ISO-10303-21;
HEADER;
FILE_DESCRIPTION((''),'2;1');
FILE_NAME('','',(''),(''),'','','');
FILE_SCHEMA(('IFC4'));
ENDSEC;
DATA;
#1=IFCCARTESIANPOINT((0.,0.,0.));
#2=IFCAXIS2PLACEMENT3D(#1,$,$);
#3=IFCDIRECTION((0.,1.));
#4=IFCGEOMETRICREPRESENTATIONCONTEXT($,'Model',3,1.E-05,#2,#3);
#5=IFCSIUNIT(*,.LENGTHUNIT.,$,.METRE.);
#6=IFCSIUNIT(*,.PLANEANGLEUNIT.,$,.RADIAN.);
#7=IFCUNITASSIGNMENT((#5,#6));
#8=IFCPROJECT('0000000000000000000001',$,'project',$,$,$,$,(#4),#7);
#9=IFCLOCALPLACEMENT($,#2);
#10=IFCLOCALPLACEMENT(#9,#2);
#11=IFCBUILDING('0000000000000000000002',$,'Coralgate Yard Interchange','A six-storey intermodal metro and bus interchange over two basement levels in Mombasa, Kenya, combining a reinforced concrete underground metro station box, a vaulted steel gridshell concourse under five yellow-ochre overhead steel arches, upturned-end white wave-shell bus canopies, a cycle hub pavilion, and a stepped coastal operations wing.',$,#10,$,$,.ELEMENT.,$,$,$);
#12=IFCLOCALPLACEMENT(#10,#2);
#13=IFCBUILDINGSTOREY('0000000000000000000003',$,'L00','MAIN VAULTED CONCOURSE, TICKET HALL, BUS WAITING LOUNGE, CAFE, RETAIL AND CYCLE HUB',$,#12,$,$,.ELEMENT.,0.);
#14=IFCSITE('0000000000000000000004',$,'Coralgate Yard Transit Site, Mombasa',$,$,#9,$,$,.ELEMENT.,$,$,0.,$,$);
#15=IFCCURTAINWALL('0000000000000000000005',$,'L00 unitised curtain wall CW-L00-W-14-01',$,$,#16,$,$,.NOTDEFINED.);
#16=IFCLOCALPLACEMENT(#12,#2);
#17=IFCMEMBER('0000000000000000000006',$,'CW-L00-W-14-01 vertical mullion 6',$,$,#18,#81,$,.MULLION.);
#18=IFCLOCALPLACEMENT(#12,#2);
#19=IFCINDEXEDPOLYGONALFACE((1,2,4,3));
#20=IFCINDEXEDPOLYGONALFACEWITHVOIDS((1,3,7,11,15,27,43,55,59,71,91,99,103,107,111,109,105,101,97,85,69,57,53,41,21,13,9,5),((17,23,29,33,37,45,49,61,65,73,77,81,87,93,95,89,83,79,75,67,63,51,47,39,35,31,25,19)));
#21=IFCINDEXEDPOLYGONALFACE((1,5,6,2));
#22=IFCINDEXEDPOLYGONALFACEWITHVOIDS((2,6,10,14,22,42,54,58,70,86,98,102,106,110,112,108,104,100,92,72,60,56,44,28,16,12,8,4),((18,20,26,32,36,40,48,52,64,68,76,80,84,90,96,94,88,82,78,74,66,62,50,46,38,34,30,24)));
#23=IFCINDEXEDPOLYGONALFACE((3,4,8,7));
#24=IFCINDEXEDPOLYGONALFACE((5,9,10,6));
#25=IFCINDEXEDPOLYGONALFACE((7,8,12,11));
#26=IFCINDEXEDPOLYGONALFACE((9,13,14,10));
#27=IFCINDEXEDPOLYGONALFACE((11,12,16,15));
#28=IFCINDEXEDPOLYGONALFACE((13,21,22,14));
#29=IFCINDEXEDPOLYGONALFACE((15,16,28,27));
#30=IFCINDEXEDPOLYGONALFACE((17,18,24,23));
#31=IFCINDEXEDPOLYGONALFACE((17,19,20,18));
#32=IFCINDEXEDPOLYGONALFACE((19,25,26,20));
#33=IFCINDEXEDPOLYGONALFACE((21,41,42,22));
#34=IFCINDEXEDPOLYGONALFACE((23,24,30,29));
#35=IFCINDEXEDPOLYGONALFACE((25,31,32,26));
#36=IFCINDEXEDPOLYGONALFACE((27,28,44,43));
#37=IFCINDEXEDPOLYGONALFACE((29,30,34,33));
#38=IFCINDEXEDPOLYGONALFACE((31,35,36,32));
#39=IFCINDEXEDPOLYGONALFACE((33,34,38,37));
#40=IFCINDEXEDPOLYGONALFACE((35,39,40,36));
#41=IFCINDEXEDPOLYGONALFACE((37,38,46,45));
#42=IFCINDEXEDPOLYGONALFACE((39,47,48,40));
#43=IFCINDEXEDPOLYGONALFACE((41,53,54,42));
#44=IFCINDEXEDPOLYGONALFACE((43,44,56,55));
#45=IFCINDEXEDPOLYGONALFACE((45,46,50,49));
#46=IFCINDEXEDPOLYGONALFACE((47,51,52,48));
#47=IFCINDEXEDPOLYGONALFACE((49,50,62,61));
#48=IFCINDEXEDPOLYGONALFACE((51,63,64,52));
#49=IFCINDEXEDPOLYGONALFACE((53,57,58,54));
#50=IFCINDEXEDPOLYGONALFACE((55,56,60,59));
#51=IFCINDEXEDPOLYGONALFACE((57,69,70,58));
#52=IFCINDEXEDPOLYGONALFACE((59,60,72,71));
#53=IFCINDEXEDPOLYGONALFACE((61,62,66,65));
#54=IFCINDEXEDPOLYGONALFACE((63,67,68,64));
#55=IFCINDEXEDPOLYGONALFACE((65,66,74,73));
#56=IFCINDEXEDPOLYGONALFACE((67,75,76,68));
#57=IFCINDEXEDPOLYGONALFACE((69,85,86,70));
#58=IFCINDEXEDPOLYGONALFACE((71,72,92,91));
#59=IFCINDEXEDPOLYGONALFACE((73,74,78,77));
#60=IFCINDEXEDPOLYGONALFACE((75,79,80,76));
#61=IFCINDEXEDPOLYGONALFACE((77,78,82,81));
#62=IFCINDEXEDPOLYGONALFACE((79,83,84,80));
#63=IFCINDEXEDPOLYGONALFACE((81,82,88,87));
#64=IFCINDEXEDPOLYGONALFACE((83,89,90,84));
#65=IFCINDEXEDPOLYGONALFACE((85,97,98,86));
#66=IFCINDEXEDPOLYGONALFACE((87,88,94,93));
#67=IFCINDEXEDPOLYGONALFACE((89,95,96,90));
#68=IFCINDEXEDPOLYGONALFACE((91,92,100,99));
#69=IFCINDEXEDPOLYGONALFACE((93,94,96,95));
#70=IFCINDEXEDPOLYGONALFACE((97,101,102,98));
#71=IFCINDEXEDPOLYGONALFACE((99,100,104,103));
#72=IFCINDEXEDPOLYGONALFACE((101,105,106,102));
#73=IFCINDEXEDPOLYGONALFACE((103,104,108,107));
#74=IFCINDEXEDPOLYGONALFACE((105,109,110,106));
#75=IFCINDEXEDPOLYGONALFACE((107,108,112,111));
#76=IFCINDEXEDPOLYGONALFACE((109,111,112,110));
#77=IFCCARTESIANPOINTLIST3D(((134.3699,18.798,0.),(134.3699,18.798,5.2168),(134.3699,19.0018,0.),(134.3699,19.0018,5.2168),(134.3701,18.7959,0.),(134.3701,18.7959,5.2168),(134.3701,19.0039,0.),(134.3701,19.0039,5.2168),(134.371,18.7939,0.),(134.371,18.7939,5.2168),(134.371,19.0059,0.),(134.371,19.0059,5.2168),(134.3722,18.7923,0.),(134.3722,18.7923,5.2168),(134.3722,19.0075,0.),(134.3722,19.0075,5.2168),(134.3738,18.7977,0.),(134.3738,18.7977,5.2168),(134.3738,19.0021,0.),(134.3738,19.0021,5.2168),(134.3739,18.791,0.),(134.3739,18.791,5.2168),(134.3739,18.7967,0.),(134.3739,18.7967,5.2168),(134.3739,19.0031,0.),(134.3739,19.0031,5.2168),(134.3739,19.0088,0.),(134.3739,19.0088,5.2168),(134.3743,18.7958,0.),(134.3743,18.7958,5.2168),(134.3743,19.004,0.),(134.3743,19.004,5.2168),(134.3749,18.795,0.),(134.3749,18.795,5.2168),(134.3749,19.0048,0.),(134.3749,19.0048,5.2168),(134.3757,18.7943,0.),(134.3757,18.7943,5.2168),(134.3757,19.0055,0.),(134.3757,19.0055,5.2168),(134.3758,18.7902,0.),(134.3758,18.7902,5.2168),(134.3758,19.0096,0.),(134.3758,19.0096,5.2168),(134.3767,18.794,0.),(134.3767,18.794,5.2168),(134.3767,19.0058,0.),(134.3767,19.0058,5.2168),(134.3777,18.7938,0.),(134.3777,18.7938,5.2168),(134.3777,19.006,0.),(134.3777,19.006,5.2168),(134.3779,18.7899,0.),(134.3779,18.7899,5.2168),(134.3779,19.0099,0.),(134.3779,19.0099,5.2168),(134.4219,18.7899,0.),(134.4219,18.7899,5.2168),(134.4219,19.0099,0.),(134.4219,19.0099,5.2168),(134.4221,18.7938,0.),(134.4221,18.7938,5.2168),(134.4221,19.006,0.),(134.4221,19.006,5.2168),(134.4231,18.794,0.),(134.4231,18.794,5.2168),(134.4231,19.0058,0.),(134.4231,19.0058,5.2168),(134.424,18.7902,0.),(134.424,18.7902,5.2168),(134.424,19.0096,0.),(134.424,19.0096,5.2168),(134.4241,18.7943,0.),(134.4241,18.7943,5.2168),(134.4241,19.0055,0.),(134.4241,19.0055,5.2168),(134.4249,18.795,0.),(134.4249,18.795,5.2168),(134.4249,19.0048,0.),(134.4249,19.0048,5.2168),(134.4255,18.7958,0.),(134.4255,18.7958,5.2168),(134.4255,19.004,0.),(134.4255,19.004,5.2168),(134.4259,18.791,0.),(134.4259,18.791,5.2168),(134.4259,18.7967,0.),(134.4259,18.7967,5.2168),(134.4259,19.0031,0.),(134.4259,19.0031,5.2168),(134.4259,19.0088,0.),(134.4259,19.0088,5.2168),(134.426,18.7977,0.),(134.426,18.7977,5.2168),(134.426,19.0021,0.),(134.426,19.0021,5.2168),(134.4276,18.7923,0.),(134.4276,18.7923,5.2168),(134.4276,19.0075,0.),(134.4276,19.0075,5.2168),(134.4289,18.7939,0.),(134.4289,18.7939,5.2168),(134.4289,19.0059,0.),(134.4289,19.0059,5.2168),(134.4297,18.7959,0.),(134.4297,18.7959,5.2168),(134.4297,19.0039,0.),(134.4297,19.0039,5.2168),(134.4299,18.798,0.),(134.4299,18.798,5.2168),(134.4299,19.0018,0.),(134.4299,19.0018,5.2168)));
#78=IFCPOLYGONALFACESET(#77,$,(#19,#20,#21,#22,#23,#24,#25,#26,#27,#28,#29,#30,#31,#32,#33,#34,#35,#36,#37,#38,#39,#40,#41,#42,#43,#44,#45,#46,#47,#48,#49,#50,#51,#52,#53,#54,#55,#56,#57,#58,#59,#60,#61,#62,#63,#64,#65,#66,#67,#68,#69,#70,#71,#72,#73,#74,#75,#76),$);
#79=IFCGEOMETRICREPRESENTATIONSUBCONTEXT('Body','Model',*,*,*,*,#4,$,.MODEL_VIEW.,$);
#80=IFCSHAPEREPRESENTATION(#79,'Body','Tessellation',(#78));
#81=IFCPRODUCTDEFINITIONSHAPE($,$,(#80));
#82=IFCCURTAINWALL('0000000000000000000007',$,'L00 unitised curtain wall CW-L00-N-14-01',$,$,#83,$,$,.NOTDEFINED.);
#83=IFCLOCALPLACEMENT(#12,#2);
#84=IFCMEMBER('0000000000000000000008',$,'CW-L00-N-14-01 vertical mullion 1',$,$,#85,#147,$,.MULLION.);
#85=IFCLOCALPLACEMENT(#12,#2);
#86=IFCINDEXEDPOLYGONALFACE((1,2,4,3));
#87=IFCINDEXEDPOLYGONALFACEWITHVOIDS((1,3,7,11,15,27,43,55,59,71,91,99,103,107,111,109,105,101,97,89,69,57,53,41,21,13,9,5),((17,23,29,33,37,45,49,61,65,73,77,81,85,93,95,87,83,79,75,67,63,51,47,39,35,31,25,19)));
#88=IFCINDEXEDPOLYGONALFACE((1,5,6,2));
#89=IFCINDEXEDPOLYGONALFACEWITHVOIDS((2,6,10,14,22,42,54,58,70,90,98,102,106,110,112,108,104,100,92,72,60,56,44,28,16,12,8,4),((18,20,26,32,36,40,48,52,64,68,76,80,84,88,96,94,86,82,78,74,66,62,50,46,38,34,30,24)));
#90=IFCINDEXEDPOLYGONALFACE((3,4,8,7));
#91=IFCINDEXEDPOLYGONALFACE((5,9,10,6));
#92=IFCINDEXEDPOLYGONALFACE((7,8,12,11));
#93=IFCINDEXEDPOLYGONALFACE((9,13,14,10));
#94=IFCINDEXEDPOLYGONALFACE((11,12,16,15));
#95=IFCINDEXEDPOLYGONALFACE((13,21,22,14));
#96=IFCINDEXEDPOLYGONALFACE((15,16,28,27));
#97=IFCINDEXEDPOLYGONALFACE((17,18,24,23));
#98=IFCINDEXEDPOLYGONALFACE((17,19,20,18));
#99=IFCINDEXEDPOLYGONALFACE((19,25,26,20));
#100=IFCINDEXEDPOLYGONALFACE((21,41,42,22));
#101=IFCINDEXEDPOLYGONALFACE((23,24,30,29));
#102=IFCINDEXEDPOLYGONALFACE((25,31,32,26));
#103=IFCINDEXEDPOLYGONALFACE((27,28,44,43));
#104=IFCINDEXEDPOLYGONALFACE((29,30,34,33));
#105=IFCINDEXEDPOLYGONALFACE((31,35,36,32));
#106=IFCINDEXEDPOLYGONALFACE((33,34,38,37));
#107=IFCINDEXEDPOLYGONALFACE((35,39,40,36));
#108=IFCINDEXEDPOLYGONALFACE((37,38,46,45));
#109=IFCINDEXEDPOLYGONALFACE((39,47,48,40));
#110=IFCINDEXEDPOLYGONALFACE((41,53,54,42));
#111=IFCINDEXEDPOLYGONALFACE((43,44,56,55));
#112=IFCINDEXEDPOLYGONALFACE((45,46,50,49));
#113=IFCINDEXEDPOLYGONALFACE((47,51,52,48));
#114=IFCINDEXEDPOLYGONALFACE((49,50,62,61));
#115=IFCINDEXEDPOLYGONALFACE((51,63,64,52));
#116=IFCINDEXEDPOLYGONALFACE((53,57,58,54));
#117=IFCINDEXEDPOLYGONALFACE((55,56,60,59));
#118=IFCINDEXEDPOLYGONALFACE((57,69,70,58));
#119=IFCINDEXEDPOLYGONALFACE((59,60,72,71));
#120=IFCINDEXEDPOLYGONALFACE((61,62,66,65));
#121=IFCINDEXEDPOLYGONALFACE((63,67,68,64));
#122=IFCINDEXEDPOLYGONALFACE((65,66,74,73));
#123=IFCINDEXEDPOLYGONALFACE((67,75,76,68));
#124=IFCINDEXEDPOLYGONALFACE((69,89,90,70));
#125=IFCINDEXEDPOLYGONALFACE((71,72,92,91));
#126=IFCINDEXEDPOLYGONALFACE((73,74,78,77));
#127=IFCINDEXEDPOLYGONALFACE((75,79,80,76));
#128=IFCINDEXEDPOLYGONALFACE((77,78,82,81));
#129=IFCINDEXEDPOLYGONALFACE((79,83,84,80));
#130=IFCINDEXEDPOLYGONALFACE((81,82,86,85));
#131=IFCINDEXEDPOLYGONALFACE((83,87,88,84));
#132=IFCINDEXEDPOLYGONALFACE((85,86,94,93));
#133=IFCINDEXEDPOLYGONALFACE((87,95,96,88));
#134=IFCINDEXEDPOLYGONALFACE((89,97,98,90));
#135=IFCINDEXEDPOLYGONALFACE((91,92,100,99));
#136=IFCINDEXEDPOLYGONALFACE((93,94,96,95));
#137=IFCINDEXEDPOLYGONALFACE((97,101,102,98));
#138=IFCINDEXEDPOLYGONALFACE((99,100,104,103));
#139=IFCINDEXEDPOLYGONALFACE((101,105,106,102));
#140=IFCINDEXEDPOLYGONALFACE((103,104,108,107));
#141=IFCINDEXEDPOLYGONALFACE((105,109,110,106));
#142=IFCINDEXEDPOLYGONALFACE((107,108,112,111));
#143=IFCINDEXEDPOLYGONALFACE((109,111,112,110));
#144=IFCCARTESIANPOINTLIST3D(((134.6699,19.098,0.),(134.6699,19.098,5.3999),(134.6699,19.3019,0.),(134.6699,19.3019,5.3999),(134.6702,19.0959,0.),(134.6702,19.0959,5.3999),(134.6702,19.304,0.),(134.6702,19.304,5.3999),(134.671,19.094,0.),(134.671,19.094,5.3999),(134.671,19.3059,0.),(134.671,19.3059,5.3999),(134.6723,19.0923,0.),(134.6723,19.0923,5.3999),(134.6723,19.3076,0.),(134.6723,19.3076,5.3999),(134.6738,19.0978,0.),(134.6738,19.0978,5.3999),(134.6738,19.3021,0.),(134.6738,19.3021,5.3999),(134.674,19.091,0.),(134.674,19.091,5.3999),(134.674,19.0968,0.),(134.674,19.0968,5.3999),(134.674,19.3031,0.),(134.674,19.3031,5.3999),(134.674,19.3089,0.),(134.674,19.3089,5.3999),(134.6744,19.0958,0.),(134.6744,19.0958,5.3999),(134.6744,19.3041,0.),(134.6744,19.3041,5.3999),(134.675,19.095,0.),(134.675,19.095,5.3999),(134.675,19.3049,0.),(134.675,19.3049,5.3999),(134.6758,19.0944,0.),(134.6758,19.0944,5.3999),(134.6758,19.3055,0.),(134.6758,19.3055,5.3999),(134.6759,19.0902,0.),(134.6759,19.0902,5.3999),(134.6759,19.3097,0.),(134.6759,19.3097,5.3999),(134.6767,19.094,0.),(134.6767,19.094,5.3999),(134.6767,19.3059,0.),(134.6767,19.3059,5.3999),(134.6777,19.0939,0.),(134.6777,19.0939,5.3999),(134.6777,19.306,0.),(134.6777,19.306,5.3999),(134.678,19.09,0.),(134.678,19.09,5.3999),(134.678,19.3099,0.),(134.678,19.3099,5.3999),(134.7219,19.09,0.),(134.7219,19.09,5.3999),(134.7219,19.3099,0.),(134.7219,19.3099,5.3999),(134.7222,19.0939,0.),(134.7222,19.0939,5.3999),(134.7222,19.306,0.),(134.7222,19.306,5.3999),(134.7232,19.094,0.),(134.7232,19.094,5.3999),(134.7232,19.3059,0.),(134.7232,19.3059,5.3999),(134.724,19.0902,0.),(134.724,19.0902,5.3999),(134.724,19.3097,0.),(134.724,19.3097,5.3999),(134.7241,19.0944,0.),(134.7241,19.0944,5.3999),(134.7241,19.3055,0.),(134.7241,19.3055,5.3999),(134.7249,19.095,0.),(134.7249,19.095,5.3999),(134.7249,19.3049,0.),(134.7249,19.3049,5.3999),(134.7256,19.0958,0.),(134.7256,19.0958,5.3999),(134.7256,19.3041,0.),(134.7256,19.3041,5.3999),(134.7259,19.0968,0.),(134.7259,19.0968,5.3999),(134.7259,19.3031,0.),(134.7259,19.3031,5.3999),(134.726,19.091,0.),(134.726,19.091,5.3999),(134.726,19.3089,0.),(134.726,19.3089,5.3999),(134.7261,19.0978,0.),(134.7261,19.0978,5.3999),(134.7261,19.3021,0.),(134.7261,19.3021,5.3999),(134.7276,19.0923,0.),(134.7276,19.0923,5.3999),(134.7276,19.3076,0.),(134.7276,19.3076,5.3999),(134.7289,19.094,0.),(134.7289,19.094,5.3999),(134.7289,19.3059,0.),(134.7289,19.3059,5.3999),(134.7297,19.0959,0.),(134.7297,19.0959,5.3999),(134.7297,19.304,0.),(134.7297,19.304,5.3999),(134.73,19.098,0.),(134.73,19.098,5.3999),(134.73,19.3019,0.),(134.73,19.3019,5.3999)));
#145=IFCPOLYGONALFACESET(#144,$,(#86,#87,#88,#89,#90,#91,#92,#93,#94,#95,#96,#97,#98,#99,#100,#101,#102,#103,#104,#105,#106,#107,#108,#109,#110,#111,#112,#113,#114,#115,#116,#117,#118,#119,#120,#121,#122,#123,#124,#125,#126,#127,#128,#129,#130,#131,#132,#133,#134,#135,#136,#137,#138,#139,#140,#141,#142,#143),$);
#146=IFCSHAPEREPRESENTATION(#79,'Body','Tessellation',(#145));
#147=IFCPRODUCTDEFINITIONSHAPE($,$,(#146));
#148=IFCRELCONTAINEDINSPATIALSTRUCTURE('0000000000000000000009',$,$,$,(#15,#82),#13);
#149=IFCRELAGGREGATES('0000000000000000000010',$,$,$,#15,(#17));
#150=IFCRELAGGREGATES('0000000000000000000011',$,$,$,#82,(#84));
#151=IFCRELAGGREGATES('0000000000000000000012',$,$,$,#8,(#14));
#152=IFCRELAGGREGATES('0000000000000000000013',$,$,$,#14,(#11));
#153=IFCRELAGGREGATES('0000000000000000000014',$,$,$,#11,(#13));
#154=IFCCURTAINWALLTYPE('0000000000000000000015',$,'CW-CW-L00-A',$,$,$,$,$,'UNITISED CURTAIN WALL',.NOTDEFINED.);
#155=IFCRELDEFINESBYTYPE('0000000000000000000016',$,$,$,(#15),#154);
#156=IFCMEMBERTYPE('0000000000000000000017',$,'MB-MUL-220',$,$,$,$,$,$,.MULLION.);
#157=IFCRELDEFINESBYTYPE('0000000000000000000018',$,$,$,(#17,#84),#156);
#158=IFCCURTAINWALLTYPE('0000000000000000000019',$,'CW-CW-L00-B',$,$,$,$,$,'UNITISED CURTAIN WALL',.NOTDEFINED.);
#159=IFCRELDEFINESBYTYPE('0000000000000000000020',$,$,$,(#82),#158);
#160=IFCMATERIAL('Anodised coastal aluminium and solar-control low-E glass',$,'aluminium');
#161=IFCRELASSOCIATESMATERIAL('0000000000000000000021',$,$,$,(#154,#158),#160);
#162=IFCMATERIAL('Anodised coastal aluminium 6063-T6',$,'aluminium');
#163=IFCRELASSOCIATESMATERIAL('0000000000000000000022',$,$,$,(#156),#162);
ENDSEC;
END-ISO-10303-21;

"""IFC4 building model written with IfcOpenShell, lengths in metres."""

from ifc_helpers import new_model, si_unit, direction, frame, origin, origin_2d, place, context, subcontext, project, spatial, hollow_rectangle, extrude, material, material_profile, profile_set, type_object, element, aggregate, save


model = new_model("IFC4")

# Units and contexts
model_context = context("Model", 3, precision=1e-05, world=origin(), true_north=direction((0.0, 1.0)))
body_context = subcontext(model_context, "Body", "Model", "MODEL_VIEW")
ifc_project = project(units=[si_unit("LENGTHUNIT", "METRE"), si_unit("PLANEANGLEUNIT", "RADIAN")], contexts=[model_context])

# Site, building, storey
site_placement = place(None, origin())
site = spatial("IfcSite", under=ifc_project, at=site_placement, Name="Coralgate Yard Transit Site, Mombasa", CompositionType="ELEMENT", RefElevation=0.0)
building_placement = place(site_placement, origin())
building = spatial("IfcBuilding", under=site, at=building_placement, Name="Coralgate Yard Interchange", Description="A six-storey intermodal metro and bus interchange over two basement levels in Mombasa, Kenya, combining a reinforced concrete underground metro station box, a vaulted steel gridshell concourse under five yellow-ochre overhead steel arches, upturned-end white wave-shell bus canopies, a cycle hub pavilion, and a stepped coastal operations wing.", CompositionType="ELEMENT")
storey_placement = place(building_placement, origin())
storey = spatial("IfcBuildingStorey", under=building, at=storey_placement, Name="L00", Description="MAIN VAULTED CONCOURSE, TICKET HALL, BUS WAITING LOUNGE, CAFE, RETAIL AND CYCLE HUB", CompositionType="ELEMENT", Elevation=0.0)

# Curtain wall, member
ifc_material_1 = material(Name="Anodised coastal aluminium and solar-control low-E glass", Category="aluminium")
curtain_wall_type_1 = type_object("IfcCurtainWallType", Name="CW-CW-L00-A", ElementType="UNITISED CURTAIN WALL", PredefinedType="NOTDEFINED", material=ifc_material_1)
curtain_wall_1_placement = place(storey_placement, origin())
curtain_wall_1 = element("IfcCurtainWall", 1, at=curtain_wall_1_placement, inside=storey, type_object=curtain_wall_type_1, Name="L00 unitised curtain wall CW-L00-W-14-01", PredefinedType="NOTDEFINED")
ifc_material_2 = material(Name="Anodised coastal aluminium 6063-T6", Category="aluminium")
ifc_material_profile_1 = material_profile(ifc_material_2, hollow_rectangle(XDim=0.0601, YDim=0.22, WallThickness=0.0039, InnerFilletRadius=0.0039, OuterFilletRadius=0.0081, at=origin_2d()), Name="ALU 60x220x4")
ifc_profile_set_1 = profile_set([ifc_material_profile_1], Name="Anodised coastal aluminium 6063-T6")
member_type_1 = type_object("IfcMemberType", Name="MB-MUL-220", PredefinedType="MULLION", material=ifc_profile_set_1)
member_1_placement = place(storey_placement, frame((134.3999, 18.8999, 0.0), z_axis=(0.0, 0.0, 1.0), x_axis=(1.0, 0.0, 0.0)))
member_1 = element("IfcMember", 2, at=member_1_placement, type_object=member_type_1, Name="CW-L00-W-14-01 vertical mullion 6", PredefinedType="MULLION", context=body_context, shape_type="SweptSolid", body=[
    extrude(hollow_rectangle(XDim=0.0601, YDim=0.22, WallThickness=0.0039, InnerFilletRadius=0.0039, OuterFilletRadius=0.0081, at=origin_2d()), origin(), (0.0, 0.0, 1.0), 5.2168),
])
aggregate(curtain_wall_1, [member_1])

# Curtain wall, member
curtain_wall_type_2 = type_object("IfcCurtainWallType", Name="CW-CW-L00-B", ElementType="UNITISED CURTAIN WALL", PredefinedType="NOTDEFINED", material=ifc_material_1)
curtain_wall_2_placement = place(storey_placement, origin())
curtain_wall_2 = element("IfcCurtainWall", 3, at=curtain_wall_2_placement, inside=storey, type_object=curtain_wall_type_2, Name="L00 unitised curtain wall CW-L00-N-14-01", PredefinedType="NOTDEFINED")
member_2_placement = place(storey_placement, frame((134.7, 19.2, 0.0), z_axis=(0.0, 0.0, 1.0), x_axis=(1.0, 0.0, 0.0)))
member_2 = element("IfcMember", 4, at=member_2_placement, type_object=member_type_1, Name="CW-L00-N-14-01 vertical mullion 1", PredefinedType="MULLION", context=body_context, shape_type="SweptSolid", body=[
    extrude(hollow_rectangle(XDim=0.0601, YDim=0.22, WallThickness=0.0039, InnerFilletRadius=0.0039, OuterFilletRadius=0.0081, at=origin_2d()), origin(), (0.0, 0.0, 1.0), 5.3999),
])
aggregate(curtain_wall_2, [member_2])

save(model, "model.ifc")
